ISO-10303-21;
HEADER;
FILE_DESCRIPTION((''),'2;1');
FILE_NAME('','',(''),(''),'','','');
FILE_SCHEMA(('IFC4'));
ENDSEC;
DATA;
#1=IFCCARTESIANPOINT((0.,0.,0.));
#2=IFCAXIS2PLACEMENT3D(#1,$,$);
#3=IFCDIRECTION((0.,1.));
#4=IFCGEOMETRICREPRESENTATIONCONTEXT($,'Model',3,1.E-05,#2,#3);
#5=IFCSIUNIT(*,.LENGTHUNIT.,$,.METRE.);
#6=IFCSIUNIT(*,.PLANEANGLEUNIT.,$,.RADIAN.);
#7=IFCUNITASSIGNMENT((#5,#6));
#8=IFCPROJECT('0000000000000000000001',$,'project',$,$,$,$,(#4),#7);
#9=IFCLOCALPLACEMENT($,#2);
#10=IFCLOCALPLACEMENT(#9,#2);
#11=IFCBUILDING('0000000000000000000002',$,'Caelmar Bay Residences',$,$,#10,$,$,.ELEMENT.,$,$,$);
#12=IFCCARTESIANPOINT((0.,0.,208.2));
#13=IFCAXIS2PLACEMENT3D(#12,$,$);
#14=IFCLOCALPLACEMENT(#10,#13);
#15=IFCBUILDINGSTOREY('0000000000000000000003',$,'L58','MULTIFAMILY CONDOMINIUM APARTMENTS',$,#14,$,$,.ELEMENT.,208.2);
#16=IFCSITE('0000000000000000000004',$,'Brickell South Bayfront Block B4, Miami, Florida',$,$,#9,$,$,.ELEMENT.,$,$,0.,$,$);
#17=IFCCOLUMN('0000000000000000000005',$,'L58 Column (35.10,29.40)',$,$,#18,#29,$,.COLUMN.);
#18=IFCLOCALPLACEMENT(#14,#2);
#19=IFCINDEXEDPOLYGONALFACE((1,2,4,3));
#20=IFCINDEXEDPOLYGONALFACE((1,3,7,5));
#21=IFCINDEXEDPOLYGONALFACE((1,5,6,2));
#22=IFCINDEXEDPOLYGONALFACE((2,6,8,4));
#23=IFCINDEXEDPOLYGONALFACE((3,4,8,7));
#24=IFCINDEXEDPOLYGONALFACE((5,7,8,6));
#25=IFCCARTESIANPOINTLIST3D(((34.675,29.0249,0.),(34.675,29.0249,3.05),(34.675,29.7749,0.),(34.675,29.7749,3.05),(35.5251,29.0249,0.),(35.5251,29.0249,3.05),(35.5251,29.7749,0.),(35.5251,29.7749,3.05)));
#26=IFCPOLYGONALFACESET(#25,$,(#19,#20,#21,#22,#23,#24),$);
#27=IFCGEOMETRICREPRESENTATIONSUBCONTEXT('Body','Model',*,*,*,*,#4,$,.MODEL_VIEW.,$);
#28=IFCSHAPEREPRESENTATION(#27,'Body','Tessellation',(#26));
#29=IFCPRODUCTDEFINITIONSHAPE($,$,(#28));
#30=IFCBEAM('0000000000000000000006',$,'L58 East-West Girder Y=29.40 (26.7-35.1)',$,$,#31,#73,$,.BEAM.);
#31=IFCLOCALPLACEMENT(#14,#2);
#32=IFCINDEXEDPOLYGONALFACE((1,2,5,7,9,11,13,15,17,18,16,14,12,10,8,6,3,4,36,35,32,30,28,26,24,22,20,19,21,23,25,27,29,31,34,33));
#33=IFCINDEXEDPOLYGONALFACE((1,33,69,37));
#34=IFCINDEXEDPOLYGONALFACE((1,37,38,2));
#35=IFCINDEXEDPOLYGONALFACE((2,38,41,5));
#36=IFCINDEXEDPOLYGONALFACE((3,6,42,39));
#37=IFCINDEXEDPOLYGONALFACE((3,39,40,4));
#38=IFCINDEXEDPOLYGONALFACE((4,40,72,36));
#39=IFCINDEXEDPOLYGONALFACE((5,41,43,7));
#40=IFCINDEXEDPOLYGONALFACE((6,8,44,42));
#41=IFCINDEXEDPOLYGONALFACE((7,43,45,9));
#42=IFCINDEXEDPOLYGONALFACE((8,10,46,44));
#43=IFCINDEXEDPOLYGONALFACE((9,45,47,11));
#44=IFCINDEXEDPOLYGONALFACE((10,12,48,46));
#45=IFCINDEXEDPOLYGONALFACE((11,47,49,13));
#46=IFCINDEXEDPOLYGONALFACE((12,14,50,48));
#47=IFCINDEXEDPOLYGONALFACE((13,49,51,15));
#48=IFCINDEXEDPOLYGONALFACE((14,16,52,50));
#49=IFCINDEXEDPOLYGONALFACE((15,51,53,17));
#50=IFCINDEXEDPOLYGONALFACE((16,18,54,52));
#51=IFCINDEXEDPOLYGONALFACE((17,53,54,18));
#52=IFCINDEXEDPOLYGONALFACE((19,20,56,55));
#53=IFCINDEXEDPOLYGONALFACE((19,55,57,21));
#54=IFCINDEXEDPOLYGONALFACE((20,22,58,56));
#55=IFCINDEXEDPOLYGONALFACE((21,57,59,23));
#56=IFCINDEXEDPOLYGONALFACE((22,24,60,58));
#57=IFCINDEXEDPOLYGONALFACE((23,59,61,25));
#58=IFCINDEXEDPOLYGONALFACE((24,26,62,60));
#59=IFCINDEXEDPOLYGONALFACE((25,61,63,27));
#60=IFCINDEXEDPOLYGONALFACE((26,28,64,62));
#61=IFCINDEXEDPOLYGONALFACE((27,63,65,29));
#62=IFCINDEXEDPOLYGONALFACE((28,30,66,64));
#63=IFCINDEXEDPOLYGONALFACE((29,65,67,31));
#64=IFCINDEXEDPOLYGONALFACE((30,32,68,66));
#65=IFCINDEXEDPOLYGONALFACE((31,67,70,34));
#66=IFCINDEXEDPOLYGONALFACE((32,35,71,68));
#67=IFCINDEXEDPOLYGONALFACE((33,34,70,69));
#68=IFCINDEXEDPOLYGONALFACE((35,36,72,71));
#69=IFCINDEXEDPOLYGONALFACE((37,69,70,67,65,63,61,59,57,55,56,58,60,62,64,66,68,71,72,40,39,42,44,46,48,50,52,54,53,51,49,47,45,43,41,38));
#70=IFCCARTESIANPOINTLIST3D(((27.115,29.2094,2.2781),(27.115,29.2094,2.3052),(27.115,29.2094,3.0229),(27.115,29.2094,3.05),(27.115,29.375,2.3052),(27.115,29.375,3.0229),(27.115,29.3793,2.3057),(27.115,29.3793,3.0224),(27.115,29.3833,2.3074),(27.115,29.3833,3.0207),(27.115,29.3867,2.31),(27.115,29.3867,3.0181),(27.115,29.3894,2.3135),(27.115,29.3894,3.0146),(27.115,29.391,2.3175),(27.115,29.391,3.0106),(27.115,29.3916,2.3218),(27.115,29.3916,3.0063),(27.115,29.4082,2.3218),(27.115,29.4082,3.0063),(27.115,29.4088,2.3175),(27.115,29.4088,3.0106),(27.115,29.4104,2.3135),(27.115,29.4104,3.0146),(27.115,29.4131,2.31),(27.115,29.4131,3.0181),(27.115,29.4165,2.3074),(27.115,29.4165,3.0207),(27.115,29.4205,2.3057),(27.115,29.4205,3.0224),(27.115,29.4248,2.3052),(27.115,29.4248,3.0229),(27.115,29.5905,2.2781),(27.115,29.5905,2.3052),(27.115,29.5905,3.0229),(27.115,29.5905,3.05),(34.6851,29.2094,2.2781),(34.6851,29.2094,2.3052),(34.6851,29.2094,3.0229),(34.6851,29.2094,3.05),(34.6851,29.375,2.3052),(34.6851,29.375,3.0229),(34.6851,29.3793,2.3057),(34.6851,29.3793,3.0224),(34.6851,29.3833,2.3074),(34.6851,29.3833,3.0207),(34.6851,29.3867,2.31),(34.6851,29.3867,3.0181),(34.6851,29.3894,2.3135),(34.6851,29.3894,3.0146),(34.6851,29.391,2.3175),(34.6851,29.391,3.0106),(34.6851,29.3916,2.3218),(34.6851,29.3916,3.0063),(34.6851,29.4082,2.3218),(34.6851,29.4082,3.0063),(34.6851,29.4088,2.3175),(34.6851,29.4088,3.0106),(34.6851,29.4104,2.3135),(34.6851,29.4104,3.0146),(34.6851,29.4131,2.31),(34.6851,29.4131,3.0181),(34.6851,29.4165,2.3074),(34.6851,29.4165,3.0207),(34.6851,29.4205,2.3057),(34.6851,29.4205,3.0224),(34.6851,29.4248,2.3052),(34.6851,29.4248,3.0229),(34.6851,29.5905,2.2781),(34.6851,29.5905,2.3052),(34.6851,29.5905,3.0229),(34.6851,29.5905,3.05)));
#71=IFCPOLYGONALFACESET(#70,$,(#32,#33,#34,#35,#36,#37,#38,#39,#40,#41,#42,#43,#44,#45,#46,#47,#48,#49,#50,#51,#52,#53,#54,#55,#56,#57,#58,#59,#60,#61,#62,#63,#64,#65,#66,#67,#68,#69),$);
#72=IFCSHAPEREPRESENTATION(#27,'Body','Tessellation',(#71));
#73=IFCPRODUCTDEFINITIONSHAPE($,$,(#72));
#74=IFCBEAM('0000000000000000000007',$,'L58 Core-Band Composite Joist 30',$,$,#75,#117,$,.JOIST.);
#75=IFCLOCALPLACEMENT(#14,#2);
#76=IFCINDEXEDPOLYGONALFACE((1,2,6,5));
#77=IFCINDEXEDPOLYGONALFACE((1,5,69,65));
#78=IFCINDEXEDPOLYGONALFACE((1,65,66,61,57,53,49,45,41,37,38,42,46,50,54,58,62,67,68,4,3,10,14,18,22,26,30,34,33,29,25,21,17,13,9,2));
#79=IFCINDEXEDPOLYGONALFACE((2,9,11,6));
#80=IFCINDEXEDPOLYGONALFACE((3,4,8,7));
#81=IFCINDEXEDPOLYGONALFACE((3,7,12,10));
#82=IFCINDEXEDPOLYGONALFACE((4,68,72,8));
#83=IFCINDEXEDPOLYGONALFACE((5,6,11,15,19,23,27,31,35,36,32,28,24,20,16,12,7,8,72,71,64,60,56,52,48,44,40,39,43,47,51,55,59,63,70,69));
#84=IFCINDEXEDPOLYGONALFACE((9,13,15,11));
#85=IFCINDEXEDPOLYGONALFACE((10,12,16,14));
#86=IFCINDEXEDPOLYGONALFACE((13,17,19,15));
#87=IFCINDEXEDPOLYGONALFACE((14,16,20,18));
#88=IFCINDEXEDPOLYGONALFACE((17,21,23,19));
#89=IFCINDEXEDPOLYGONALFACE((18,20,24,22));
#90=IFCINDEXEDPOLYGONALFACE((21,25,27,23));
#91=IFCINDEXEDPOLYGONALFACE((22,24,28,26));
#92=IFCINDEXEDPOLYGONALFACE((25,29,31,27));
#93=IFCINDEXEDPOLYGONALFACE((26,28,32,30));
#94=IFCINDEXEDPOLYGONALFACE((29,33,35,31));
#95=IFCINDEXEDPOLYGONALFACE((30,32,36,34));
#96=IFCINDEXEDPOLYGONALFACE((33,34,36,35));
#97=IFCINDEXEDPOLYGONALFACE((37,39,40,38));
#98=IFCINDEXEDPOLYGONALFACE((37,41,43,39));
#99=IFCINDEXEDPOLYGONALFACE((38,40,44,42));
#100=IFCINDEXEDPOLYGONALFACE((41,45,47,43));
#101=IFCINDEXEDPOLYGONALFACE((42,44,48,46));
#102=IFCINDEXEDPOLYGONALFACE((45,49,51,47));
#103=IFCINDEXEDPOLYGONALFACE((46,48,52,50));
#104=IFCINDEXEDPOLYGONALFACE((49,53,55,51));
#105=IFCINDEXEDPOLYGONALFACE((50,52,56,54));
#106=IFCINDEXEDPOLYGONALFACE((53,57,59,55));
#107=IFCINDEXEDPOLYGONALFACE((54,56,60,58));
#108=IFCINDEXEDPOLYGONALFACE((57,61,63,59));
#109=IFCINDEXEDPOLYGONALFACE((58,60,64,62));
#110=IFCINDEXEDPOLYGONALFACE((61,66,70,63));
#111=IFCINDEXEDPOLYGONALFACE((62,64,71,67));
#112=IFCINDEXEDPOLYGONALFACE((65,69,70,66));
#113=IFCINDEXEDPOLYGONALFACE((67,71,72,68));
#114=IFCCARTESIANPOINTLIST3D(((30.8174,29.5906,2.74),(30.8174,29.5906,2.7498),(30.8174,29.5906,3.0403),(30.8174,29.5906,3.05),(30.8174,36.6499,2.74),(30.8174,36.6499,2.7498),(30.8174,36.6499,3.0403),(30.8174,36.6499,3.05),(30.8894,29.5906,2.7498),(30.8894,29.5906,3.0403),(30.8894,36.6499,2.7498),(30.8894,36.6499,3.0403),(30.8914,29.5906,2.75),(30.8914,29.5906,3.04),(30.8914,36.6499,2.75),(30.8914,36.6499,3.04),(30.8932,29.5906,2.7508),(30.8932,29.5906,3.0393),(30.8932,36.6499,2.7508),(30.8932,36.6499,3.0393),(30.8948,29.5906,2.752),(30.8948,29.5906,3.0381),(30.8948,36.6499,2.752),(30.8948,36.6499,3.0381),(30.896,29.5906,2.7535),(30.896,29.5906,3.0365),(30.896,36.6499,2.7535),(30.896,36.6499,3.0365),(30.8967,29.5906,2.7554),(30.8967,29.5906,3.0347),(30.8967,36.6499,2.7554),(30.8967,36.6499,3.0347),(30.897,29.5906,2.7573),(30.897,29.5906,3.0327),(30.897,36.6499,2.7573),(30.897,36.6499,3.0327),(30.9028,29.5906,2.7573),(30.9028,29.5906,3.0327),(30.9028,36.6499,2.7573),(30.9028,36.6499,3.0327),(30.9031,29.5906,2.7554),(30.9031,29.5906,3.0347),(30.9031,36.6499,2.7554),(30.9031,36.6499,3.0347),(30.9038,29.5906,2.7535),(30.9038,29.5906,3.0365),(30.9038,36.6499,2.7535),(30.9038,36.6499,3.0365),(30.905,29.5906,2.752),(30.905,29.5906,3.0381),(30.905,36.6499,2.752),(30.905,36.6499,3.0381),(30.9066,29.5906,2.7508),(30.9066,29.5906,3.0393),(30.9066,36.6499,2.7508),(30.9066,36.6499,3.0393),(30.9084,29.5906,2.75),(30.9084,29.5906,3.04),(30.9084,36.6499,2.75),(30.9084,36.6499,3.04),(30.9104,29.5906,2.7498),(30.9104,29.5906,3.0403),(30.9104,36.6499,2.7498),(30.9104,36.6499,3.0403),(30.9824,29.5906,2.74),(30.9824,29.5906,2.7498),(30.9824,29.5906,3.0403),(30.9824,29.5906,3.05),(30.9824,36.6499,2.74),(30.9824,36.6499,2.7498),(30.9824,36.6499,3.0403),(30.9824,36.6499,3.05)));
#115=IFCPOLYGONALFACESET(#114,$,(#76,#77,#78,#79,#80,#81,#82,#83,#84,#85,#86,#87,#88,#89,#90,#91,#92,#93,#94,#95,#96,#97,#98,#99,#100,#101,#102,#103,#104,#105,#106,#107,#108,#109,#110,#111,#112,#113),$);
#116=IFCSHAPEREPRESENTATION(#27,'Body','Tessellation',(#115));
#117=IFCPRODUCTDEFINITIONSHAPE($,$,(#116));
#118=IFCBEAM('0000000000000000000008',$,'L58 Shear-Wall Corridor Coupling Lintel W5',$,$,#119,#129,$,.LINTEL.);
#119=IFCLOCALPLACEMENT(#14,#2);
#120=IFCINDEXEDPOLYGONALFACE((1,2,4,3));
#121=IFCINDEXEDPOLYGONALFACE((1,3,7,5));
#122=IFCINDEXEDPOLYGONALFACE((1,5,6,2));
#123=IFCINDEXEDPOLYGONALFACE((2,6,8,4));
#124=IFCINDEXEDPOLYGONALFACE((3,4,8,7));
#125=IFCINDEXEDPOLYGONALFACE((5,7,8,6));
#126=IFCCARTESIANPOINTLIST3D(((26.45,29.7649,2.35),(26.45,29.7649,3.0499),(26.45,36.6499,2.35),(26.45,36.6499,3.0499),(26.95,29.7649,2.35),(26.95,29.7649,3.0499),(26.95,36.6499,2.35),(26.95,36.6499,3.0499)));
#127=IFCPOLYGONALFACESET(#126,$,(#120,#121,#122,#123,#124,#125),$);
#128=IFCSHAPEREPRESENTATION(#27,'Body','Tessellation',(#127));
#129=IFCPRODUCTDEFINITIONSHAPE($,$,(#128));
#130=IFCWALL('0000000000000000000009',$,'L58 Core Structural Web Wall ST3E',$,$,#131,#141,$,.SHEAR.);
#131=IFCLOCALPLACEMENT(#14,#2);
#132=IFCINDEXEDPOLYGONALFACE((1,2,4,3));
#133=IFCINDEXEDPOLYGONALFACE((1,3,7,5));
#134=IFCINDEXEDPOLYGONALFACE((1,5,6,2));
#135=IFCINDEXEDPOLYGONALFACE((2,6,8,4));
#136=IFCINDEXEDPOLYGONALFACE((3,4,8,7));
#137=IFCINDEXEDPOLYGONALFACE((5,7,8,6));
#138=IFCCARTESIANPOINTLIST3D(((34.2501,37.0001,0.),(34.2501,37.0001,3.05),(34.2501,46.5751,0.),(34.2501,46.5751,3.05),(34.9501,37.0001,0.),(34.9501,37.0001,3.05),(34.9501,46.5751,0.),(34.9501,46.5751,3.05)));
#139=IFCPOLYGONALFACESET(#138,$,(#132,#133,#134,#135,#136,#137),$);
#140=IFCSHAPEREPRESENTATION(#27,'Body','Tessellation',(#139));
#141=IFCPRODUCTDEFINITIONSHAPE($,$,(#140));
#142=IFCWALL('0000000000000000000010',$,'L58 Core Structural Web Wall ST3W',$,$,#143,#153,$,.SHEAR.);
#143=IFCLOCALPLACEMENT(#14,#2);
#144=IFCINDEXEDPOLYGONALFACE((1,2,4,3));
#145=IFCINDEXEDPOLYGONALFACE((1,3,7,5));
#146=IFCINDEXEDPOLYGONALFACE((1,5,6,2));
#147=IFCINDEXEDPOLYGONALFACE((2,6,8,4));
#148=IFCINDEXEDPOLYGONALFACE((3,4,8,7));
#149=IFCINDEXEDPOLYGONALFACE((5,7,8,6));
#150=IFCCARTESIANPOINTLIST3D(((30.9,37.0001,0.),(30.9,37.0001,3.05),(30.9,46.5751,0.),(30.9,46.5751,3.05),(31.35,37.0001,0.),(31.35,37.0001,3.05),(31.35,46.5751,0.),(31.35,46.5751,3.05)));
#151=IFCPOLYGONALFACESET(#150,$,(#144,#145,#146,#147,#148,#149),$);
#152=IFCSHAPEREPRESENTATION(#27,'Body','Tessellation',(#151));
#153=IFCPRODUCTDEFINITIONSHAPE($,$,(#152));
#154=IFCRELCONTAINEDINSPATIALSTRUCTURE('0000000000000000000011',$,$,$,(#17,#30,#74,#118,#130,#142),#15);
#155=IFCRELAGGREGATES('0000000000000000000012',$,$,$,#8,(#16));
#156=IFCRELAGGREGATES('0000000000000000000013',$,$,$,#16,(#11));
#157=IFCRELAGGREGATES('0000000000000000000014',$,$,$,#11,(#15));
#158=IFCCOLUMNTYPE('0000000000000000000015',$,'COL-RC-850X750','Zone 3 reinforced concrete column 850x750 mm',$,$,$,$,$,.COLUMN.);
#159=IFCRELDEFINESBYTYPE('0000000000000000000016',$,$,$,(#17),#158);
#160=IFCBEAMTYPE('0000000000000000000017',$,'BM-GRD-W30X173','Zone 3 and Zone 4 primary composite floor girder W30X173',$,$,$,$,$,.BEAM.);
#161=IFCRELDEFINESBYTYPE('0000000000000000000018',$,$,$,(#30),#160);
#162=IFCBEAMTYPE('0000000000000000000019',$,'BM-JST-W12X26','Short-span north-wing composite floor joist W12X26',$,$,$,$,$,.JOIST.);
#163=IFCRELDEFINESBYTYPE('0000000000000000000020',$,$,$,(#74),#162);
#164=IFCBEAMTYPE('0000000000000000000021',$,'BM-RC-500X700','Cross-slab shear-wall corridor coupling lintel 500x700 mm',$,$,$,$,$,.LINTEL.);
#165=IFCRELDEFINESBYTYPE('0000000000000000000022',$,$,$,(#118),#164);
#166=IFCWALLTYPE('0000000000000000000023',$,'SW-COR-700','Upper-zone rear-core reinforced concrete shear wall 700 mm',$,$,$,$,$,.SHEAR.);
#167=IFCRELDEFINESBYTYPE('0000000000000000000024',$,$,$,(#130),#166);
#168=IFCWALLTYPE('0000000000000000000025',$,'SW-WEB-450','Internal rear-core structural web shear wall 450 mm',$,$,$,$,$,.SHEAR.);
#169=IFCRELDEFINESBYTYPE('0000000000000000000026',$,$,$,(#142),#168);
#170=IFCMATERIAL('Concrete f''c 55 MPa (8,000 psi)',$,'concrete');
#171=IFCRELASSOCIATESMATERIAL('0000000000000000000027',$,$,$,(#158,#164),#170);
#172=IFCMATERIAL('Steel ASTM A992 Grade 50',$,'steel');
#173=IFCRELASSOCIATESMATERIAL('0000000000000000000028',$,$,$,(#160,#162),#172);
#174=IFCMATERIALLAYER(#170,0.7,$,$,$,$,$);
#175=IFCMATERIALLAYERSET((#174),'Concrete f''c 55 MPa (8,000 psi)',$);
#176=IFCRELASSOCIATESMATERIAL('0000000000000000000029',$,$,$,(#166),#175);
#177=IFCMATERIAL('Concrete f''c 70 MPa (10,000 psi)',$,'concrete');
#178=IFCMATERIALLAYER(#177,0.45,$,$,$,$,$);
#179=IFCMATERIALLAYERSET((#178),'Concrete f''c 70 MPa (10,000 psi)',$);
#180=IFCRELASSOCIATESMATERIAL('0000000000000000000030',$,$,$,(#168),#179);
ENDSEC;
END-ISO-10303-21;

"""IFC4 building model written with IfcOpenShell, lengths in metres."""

from ifc_helpers import new_model, si_unit, direction, frame, frame_2d, origin, origin_2d, place, context, subcontext, project, spatial, rectangle, i_section, extrude, material, layer, layer_set, material_profile, profile_set, type_object, element, save


model = new_model("IFC4")

# Units and contexts
model_context = context("Model", 3, precision=1e-05, world=origin(), true_north=direction((0.0, 1.0)))
body_context = subcontext(model_context, "Body", "Model", "MODEL_VIEW")
ifc_project = project(units=[si_unit("LENGTHUNIT", "METRE"), si_unit("PLANEANGLEUNIT", "RADIAN")], contexts=[model_context])

# Site, building, storey
site_placement = place(None, origin())
site = spatial("IfcSite", under=ifc_project, at=site_placement, Name="Brickell South Bayfront Block B4, Miami, Florida", CompositionType="ELEMENT", RefElevation=0.0)
building_placement = place(site_placement, origin())
building = spatial("IfcBuilding", under=site, at=building_placement, Name="Caelmar Bay Residences", CompositionType="ELEMENT")
storey_placement = place(building_placement, frame((0.0, 0.0, 208.2)))
storey = spatial("IfcBuildingStorey", under=building, at=storey_placement, Name="L58", Description="MULTIFAMILY CONDOMINIUM APARTMENTS", CompositionType="ELEMENT", Elevation=208.2)

# Column
ifc_material_1 = material(Name="Concrete f'c 55 MPa (8,000 psi)", Category="concrete")
ifc_material_profile_1 = material_profile(ifc_material_1, rectangle(XDim=0.8501, YDim=0.75, at=origin_2d()), Name="RC-COL-850X750")
ifc_profile_set_1 = profile_set([ifc_material_profile_1], Name="Concrete f'c 55 MPa (8,000 psi)")
column_type = type_object("IfcColumnType", Name="COL-RC-850X750", Description="Zone 3 reinforced concrete column 850x750 mm", PredefinedType="COLUMN", material=ifc_profile_set_1)
column_placement = place(storey_placement, frame((35.1001, 29.3999, 0.0), z_axis=(0.0, 0.0, 1.0), x_axis=(1.0, 0.0, 0.0)))
element("IfcColumn", 1, at=column_placement, inside=storey, type_object=column_type, Name="L58 Column (35.10,29.40)", PredefinedType="COLUMN", context=body_context, shape_type="SweptSolid", body=[
    extrude(rectangle(XDim=0.8501, YDim=0.75, at=origin_2d()), origin(), (0.0, 0.0, 1.0), 3.05),
])

# Beams
ifc_material_2 = material(Name="Steel ASTM A992 Grade 50", Category="steel")
ifc_material_profile_2 = material_profile(ifc_material_2, i_section(OverallWidth=0.3811, OverallDepth=0.772, WebThickness=0.0166, FlangeThickness=0.0271, FilletRadius=0.0166, at=origin_2d()), Name="W30X173")
ifc_profile_set_2 = profile_set([ifc_material_profile_2], Name="Steel ASTM A992 Grade 50")
beam_type_1 = type_object("IfcBeamType", Name="BM-GRD-W30X173", Description="Zone 3 and Zone 4 primary composite floor girder W30X173", PredefinedType="BEAM", material=ifc_profile_set_2)
beam_1_placement = place(storey_placement, frame((27.115, 29.3999, 2.6641), z_axis=(1.0, 0.0, 0.0), x_axis=(0.0, 1.0, 0.0)))
element("IfcBeam", 2, at=beam_1_placement, inside=storey, type_object=beam_type_1, Name="L58 East-West Girder Y=29.40 (26.7-35.1)", PredefinedType="BEAM", context=body_context, shape_type="SweptSolid", body=[
    extrude(i_section(OverallWidth=0.3811, OverallDepth=0.772, WebThickness=0.0166, FlangeThickness=0.0271, FilletRadius=0.0166, at=origin_2d()), origin(), (0.0, 0.0, 1.0), 7.5701),
])
ifc_material_profile_3 = material_profile(ifc_material_2, i_section(OverallWidth=0.165, OverallDepth=0.3101, WebThickness=0.0059, FlangeThickness=0.0098, FilletRadius=0.0076, at=origin_2d()), Name="W12X26")
ifc_profile_set_3 = profile_set([ifc_material_profile_3], Name="Steel ASTM A992 Grade 50")
beam_type_2 = type_object("IfcBeamType", Name="BM-JST-W12X26", Description="Short-span north-wing composite floor joist W12X26", PredefinedType="JOIST", material=ifc_profile_set_3)
beam_2_placement = place(storey_placement, frame((30.8999, 29.5906, 2.895), z_axis=(0.0, 1.0, 0.0), x_axis=(-1.0, 0.0, 0.0)))
element("IfcBeam", 3, at=beam_2_placement, inside=storey, type_object=beam_type_2, Name="L58 Core-Band Composite Joist 30", PredefinedType="JOIST", context=body_context, shape_type="SweptSolid", body=[
    extrude(i_section(OverallWidth=0.165, OverallDepth=0.3101, WebThickness=0.0059, FlangeThickness=0.0098, FilletRadius=0.0076, at=origin_2d()), origin(), (0.0, 0.0, 1.0), 7.0593),
])
ifc_material_profile_4 = material_profile(ifc_material_1, rectangle(XDim=0.5, YDim=0.7, at=origin_2d()), Name="RC-BM-500X700")
ifc_profile_set_4 = profile_set([ifc_material_profile_4], Name="Concrete f'c 55 MPa (8,000 psi)")
beam_type_3 = type_object("IfcBeamType", Name="BM-RC-500X700", Description="Cross-slab shear-wall corridor coupling lintel 500x700 mm", PredefinedType="LINTEL", material=ifc_profile_set_4)
beam_3_placement = place(storey_placement, frame((26.7, 29.7649, 2.7), z_axis=(0.0, 1.0, 0.0), x_axis=(-1.0, 0.0, 0.0)))
element("IfcBeam", 4, at=beam_3_placement, inside=storey, type_object=beam_type_3, Name="L58 Shear-Wall Corridor Coupling Lintel W5", PredefinedType="LINTEL", context=body_context, shape_type="SweptSolid", body=[
    extrude(rectangle(XDim=0.5, YDim=0.7, at=origin_2d()), origin(), (0.0, 0.0, 1.0), 6.885),
])

# Walls
ifc_layer_1 = layer(ifc_material_1, 0.7)
ifc_layer_set_1 = layer_set([ifc_layer_1], Name="Concrete f'c 55 MPa (8,000 psi)")
wall_type_1 = type_object("IfcWallType", Name="SW-COR-700", Description="Upper-zone rear-core reinforced concrete shear wall 700 mm", PredefinedType="SHEAR", material=ifc_layer_set_1)
wall_1_placement = place(storey_placement, frame((34.6001, 37.0, 0.0), z_axis=(0.0, 0.0, 1.0), x_axis=(0.0, 1.0, 0.0)))
element("IfcWall", 5, at=wall_1_placement, inside=storey, type_object=wall_type_1, Name="L58 Core Structural Web Wall ST3E", PredefinedType="SHEAR", context=body_context, shape_type="SweptSolid", body=[
    extrude(rectangle(XDim=9.575, YDim=0.7, at=frame_2d((4.7876, 0.0))), origin(), (0.0, 0.0, 1.0), 3.05),
])
ifc_material_3 = material(Name="Concrete f'c 70 MPa (10,000 psi)", Category="concrete")
ifc_layer_2 = layer(ifc_material_3, 0.45)
ifc_layer_set_2 = layer_set([ifc_layer_2], Name="Concrete f'c 70 MPa (10,000 psi)")
wall_type_2 = type_object("IfcWallType", Name="SW-WEB-450", Description="Internal rear-core structural web shear wall 450 mm", PredefinedType="SHEAR", material=ifc_layer_set_2)
wall_2_placement = place(storey_placement, frame((31.125, 37.0, 0.0), z_axis=(0.0, 0.0, 1.0), x_axis=(0.0, 1.0, 0.0)))
element("IfcWall", 6, at=wall_2_placement, inside=storey, type_object=wall_type_2, Name="L58 Core Structural Web Wall ST3W", PredefinedType="SHEAR", context=body_context, shape_type="SweptSolid", body=[
    extrude(rectangle(XDim=9.575, YDim=0.45, at=frame_2d((4.7876, 0.0))), origin(), (0.0, 0.0, 1.0), 3.05),
])

save(model, "model.ifc")
